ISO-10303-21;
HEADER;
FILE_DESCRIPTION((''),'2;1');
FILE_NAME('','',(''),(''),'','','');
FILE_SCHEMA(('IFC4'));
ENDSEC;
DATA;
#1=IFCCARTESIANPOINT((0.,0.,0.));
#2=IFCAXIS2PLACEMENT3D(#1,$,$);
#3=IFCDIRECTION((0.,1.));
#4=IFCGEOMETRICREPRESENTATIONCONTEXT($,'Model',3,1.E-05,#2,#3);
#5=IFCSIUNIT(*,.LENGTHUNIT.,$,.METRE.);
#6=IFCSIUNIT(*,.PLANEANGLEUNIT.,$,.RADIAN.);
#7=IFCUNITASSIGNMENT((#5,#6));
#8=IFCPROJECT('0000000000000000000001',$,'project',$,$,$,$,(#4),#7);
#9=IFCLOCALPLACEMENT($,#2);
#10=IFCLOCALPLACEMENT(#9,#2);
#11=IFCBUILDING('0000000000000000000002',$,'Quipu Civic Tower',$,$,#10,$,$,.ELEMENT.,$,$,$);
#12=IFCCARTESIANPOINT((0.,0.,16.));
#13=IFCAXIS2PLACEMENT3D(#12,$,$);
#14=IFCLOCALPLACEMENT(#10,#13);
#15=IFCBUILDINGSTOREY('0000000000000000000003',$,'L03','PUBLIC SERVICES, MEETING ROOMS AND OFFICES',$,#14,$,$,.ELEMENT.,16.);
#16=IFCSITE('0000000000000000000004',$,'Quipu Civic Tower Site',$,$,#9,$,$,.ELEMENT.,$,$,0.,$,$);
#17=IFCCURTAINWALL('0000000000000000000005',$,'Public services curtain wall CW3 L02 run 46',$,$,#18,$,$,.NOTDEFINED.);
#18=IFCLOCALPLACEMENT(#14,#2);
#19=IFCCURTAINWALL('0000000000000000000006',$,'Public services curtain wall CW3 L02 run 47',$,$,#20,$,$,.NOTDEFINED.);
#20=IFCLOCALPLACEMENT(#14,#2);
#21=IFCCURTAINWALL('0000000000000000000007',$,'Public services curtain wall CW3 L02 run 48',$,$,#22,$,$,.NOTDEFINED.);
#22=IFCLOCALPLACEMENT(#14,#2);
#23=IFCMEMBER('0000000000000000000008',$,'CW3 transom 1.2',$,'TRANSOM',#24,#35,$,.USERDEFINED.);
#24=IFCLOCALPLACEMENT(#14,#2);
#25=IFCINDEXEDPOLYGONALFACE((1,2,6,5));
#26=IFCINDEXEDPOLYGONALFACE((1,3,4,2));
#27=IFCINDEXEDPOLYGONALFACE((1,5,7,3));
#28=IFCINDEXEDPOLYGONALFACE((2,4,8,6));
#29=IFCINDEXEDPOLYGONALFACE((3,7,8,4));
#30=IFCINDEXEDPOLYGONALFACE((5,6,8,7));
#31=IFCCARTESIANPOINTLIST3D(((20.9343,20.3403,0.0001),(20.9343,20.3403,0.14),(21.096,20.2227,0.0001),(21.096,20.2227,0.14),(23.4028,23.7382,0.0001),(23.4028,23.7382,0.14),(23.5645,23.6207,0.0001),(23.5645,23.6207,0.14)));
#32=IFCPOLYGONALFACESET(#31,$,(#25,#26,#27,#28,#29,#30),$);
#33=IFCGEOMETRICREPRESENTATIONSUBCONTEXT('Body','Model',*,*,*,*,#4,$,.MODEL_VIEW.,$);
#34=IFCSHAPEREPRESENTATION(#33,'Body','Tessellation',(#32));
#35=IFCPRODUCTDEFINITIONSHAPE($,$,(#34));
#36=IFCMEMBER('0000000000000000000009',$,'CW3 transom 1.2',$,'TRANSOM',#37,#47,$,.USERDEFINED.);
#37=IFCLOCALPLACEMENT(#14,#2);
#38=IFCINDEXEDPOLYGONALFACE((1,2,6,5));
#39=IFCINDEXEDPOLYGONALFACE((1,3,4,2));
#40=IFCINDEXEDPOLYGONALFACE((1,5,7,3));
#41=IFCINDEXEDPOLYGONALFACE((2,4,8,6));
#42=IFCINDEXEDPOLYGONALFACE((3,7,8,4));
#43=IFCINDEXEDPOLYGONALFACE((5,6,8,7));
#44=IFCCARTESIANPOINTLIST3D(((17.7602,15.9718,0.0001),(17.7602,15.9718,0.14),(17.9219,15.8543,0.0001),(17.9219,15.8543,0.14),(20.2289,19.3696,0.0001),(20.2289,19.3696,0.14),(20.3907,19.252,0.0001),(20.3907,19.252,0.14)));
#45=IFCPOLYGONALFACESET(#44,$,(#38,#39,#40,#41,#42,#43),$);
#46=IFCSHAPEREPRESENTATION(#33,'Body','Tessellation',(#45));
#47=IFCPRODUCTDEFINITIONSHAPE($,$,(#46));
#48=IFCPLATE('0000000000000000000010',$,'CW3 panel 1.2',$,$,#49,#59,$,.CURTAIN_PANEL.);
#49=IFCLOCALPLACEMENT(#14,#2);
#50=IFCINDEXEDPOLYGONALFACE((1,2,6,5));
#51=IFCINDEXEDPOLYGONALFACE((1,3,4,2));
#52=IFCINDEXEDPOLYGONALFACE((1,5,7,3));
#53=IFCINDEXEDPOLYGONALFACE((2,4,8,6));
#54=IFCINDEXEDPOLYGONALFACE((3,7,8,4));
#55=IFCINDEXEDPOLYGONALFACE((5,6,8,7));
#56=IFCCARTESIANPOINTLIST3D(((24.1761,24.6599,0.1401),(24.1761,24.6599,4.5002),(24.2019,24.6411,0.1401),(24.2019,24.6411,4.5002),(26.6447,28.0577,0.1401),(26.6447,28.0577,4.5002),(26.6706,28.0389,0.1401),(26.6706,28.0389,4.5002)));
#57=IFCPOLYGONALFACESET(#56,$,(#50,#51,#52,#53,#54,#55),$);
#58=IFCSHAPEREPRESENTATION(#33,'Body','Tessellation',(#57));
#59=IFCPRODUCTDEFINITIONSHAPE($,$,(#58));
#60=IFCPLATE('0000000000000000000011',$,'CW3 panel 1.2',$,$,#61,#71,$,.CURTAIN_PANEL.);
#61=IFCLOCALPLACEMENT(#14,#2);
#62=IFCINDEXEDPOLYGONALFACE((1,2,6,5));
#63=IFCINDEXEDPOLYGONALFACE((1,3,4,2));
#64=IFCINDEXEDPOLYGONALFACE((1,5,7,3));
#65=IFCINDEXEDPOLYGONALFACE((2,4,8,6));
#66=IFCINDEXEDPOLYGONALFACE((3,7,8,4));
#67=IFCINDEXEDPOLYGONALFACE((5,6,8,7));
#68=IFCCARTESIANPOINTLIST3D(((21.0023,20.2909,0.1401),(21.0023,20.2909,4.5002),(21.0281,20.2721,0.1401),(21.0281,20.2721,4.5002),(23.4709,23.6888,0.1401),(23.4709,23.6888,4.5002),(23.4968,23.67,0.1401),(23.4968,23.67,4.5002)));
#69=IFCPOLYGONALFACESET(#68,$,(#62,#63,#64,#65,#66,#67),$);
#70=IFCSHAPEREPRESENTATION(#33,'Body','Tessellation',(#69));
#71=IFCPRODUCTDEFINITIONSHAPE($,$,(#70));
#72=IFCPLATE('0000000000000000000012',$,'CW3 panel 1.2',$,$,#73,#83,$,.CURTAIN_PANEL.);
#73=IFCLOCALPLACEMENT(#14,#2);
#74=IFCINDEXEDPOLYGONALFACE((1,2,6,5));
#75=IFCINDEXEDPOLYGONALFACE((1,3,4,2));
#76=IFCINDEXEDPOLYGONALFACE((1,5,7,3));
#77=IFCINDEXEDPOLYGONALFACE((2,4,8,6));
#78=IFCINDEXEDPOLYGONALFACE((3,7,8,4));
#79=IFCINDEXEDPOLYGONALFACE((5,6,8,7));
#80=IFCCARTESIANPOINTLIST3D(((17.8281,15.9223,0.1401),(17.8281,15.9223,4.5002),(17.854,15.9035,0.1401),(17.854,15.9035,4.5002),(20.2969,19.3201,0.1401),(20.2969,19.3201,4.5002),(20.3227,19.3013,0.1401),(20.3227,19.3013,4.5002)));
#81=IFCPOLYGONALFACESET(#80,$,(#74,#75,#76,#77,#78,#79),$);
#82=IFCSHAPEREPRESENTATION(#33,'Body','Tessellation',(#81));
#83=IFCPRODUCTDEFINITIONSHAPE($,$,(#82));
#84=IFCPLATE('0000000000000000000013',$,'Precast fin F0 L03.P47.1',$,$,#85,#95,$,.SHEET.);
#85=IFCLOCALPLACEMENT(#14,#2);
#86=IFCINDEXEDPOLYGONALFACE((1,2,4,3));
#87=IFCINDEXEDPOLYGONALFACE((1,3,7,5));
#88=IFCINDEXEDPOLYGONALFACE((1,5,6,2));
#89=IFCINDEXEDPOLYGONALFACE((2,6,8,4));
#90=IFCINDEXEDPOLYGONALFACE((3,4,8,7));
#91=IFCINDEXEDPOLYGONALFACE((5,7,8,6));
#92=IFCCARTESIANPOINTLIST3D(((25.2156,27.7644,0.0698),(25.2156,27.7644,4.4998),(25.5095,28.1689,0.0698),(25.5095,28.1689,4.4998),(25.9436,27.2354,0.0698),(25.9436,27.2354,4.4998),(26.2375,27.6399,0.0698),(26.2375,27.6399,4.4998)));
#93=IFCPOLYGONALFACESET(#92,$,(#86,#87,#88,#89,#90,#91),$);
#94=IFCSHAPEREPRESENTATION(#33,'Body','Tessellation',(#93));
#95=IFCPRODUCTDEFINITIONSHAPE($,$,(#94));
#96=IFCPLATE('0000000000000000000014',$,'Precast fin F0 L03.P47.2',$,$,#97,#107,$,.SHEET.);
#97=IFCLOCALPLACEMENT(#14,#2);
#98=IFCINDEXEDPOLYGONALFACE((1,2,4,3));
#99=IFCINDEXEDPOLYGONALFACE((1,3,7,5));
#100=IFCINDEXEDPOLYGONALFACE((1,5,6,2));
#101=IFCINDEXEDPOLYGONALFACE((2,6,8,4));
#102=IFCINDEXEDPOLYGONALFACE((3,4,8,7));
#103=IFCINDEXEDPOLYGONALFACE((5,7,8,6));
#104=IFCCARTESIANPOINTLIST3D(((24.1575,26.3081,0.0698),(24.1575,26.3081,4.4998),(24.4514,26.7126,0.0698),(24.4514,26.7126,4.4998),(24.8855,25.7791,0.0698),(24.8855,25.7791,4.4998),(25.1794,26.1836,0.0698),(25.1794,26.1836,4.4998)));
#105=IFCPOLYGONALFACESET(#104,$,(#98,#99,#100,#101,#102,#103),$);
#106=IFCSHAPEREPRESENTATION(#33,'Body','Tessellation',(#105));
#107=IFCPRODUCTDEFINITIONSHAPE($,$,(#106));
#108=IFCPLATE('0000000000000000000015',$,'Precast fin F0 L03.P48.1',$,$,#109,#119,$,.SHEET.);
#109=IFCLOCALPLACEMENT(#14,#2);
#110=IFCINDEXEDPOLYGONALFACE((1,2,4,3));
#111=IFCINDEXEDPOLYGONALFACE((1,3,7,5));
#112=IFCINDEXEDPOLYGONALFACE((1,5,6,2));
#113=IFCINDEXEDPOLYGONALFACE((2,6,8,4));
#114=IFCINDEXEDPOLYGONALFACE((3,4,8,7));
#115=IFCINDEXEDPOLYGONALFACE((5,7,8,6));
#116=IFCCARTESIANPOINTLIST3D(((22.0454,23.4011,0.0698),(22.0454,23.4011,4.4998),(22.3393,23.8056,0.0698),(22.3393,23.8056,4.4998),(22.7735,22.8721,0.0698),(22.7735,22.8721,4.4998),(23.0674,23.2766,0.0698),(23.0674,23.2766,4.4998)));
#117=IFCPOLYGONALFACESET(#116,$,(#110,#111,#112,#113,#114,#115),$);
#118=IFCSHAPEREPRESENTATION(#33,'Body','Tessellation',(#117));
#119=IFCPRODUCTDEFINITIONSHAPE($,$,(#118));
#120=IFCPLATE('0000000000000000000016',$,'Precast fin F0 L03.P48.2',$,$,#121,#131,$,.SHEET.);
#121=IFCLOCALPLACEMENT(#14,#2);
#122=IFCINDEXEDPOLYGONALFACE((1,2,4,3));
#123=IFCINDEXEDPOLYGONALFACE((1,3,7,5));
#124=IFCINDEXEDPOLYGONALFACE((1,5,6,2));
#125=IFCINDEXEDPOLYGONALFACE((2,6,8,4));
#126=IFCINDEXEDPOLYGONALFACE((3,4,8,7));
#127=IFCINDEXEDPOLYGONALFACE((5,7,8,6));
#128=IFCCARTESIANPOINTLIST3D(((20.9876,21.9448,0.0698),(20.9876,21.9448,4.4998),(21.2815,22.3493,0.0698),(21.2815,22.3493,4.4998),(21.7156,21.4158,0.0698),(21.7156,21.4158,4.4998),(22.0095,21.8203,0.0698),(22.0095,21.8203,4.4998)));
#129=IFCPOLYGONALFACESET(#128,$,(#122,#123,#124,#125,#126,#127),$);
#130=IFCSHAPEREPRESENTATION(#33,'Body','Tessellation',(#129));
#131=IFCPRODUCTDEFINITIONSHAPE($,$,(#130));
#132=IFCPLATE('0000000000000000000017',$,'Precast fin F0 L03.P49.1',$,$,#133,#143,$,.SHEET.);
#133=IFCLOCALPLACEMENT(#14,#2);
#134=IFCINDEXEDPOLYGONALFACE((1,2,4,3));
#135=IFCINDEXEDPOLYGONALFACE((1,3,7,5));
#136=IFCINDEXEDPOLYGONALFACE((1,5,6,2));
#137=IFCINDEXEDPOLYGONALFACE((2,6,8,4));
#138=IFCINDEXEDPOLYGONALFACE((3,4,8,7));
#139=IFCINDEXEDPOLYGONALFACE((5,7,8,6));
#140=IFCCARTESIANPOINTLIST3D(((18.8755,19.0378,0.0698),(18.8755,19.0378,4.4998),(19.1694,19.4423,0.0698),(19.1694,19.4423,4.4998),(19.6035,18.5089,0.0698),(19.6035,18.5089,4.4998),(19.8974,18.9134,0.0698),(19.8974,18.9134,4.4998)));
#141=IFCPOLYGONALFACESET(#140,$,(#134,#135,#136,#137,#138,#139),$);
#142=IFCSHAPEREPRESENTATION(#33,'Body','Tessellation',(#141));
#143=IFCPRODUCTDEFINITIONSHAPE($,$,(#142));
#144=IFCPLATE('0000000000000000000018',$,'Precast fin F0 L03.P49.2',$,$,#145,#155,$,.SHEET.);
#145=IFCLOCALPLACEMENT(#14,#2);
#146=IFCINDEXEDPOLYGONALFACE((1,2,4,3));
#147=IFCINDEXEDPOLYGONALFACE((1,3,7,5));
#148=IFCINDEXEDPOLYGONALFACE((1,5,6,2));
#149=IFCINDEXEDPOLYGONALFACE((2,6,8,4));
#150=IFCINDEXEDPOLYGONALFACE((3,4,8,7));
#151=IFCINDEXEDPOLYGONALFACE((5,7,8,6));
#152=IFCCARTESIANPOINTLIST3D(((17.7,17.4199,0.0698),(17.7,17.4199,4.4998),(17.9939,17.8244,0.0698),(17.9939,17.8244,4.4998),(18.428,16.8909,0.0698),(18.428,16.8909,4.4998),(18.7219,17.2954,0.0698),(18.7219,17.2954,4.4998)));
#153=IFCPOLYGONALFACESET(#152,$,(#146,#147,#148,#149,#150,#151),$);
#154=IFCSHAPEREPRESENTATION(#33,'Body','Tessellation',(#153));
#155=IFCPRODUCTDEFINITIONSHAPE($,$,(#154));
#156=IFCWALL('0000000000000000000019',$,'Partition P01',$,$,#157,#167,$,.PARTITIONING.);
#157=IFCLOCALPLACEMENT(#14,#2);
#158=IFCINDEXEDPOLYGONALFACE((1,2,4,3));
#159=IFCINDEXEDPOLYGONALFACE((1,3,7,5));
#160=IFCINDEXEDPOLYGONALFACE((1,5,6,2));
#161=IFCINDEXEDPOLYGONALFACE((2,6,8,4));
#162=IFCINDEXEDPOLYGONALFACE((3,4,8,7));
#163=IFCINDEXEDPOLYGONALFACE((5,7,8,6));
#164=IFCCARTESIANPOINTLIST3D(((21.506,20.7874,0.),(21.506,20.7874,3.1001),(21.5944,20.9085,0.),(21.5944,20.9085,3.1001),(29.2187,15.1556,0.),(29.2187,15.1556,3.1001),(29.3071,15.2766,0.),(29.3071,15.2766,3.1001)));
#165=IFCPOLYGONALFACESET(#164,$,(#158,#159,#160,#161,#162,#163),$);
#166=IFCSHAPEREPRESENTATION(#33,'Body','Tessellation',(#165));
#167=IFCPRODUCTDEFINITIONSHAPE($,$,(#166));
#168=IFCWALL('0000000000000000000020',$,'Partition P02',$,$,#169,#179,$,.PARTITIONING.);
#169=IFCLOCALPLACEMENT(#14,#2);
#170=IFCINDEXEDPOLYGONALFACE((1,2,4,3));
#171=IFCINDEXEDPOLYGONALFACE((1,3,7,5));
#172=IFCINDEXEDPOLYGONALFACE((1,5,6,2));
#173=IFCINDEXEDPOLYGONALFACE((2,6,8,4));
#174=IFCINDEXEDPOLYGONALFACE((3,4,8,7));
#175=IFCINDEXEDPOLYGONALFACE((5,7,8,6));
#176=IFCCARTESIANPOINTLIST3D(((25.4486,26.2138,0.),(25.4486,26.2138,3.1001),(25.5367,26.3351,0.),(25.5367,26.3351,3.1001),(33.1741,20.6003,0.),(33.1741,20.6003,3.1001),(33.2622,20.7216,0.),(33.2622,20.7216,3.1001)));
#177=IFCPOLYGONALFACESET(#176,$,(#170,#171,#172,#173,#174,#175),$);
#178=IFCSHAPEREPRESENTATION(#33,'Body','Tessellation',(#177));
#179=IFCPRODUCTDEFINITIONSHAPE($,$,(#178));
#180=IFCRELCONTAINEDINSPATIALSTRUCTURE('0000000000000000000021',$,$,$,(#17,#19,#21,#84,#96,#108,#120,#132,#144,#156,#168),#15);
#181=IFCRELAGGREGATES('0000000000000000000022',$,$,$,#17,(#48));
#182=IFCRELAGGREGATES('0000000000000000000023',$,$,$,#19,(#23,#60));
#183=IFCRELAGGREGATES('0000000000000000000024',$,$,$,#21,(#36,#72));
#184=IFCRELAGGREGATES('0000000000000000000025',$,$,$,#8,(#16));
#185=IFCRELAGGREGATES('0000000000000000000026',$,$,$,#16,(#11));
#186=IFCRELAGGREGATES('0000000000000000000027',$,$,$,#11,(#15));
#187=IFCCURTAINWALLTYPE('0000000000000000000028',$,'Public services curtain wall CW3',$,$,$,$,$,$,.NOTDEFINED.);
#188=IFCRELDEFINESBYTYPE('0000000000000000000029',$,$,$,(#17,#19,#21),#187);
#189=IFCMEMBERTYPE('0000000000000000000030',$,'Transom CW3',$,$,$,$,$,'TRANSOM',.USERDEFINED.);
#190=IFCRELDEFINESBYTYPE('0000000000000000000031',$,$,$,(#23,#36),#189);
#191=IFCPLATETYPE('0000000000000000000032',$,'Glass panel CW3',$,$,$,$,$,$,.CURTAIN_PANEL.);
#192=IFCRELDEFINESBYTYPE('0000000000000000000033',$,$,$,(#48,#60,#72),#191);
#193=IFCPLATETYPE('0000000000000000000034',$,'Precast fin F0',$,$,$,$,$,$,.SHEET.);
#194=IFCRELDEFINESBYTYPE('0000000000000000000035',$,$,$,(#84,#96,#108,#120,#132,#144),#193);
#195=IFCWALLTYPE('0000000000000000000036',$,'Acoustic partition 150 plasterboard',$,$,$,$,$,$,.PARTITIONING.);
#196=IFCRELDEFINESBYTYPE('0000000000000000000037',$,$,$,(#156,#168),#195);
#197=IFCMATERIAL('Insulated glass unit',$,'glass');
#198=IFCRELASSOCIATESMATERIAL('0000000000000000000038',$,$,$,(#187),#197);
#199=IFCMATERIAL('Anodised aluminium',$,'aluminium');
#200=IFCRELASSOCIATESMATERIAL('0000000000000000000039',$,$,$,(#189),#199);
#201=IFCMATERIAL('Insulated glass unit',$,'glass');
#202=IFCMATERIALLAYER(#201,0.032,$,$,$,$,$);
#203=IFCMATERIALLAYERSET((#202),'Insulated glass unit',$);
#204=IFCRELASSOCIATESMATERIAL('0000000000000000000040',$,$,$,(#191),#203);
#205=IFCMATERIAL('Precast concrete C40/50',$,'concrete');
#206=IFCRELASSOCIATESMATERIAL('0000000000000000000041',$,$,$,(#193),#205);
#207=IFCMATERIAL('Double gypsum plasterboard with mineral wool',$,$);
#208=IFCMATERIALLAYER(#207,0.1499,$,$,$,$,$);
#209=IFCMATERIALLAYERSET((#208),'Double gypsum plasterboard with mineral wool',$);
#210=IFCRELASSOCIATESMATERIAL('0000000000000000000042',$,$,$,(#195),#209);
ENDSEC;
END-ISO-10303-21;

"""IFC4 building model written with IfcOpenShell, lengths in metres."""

from ifc_helpers import new_model, si_unit, direction, frame, frame_2d, origin, origin_2d, place, context, subcontext, project, spatial, rectangle, extrude, material, layer, layer_set, material_profile, profile_set, type_object, element, aggregate, save


model = new_model("IFC4")

# Units and contexts
model_context = context("Model", 3, precision=1e-05, world=origin(), true_north=direction((0.0, 1.0)))
body_context = subcontext(model_context, "Body", "Model", "MODEL_VIEW")
ifc_project = project(units=[si_unit("LENGTHUNIT", "METRE"), si_unit("PLANEANGLEUNIT", "RADIAN")], contexts=[model_context])

# Site, building, storey
site_placement = place(None, origin())
site = spatial("IfcSite", under=ifc_project, at=site_placement, Name="Quipu Civic Tower Site", CompositionType="ELEMENT", RefElevation=0.0)
building_placement = place(site_placement, origin())
building = spatial("IfcBuilding", under=site, at=building_placement, Name="Quipu Civic Tower", CompositionType="ELEMENT")
storey_placement = place(building_placement, frame((0.0, 0.0, 16.0)))
storey = spatial("IfcBuildingStorey", under=building, at=storey_placement, Name="L03", Description="PUBLIC SERVICES, MEETING ROOMS AND OFFICES", CompositionType="ELEMENT", Elevation=16.0)

# Curtain walls
ifc_material_1 = material(Name="Insulated glass unit", Category="glass")
curtain_wall_type = type_object("IfcCurtainWallType", Name="Public services curtain wall CW3", PredefinedType="NOTDEFINED", material=ifc_material_1)
curtain_wall_1_placement = place(storey_placement, origin())
curtain_wall_1 = element("IfcCurtainWall", 1, at=curtain_wall_1_placement, inside=storey, type_object=curtain_wall_type, Name="Public services curtain wall CW3 L02 run 46", PredefinedType="NOTDEFINED")
curtain_wall_2_placement = place(storey_placement, origin())
curtain_wall_2 = element("IfcCurtainWall", 2, at=curtain_wall_2_placement, inside=storey, type_object=curtain_wall_type, Name="Public services curtain wall CW3 L02 run 47", PredefinedType="NOTDEFINED")
curtain_wall_3_placement = place(storey_placement, origin())
curtain_wall_3 = element("IfcCurtainWall", 3, at=curtain_wall_3_placement, inside=storey, type_object=curtain_wall_type, Name="Public services curtain wall CW3 L02 run 48", PredefinedType="NOTDEFINED")

# Members
ifc_material_2 = material(Name="Anodised aluminium", Category="aluminium")
ifc_material_profile_1 = material_profile(ifc_material_2, rectangle(XDim=0.2, YDim=0.1399, at=origin_2d()), Name="RECT 200x140")
ifc_profile_set_1 = profile_set([ifc_material_profile_1], Name="Anodised aluminium")
member_type_1 = type_object("IfcMemberType", Name="Transom CW3", ElementType="TRANSOM", PredefinedType="USERDEFINED", material=ifc_profile_set_1)
member_1_placement = place(storey_placement, frame((23.4836, 23.6794, 0.0701), z_axis=(-0.587746, -0.809045, 0.0), x_axis=(0.809045, -0.587746, 0.0)))
member_1 = element("IfcMember", 4, at=member_1_placement, type_object=member_type_1, Name="CW3 transom 1.2", ObjectType="TRANSOM", PredefinedType="USERDEFINED", context=body_context, shape_type="SweptSolid", body=[
    extrude(rectangle(XDim=0.2, YDim=0.1399, at=origin_2d()), origin(), (0.0, 0.0, 1.0), 4.2),
])
member_2_placement = place(storey_placement, frame((20.3098, 19.3108, 0.0701), z_axis=(-0.587812, -0.808997, 0.0), x_axis=(0.808997, -0.587812, 0.0)))
member_2 = element("IfcMember", 5, at=member_2_placement, type_object=member_type_1, Name="CW3 transom 1.2", ObjectType="TRANSOM", PredefinedType="USERDEFINED", context=body_context, shape_type="SweptSolid", body=[
    extrude(rectangle(XDim=0.2, YDim=0.1399, at=origin_2d()), origin(), (0.0, 0.0, 1.0), 4.2),
])

# Plates
ifc_material_3 = material(Name="Insulated glass unit", Category="glass")
ifc_layer_1 = layer(ifc_material_3, 0.032)
ifc_layer_set_1 = layer_set([ifc_layer_1], Name="Insulated glass unit")
plate_type_1 = type_object("IfcPlateType", Name="Glass panel CW3", PredefinedType="CURTAIN_PANEL", material=ifc_layer_set_1)
plate_1_placement = place(storey_placement, frame((25.4233, 26.3494, 0.1401), z_axis=(0.0, 0.0, 1.0), x_axis=(-0.587789, -0.809014, 0.0)))
plate_1 = element("IfcPlate", 6, at=plate_1_placement, type_object=plate_type_1, Name="CW3 panel 1.2", PredefinedType="CURTAIN_PANEL", context=body_context, shape_type="SweptSolid", body=[
    extrude(rectangle(XDim=4.2, YDim=0.032, at=origin_2d()), origin(), (0.0, 0.0, 1.0), 4.3601),
])
aggregate(curtain_wall_1, [plate_1])
plate_2_placement = place(storey_placement, frame((22.2495, 21.9805, 0.1401), z_axis=(0.0, 0.0, 1.0), x_axis=(-0.587774, -0.809025, 0.0)))
plate_2 = element("IfcPlate", 7, at=plate_2_placement, type_object=plate_type_1, Name="CW3 panel 1.2", PredefinedType="CURTAIN_PANEL", context=body_context, shape_type="SweptSolid", body=[
    extrude(rectangle(XDim=4.2, YDim=0.032, at=origin_2d()), origin(), (0.0, 0.0, 1.0), 4.3601),
])
aggregate(curtain_wall_2, [member_1, plate_2])
plate_3_placement = place(storey_placement, frame((19.0754, 17.6118, 0.1401), z_axis=(0.0, 0.0, 1.0), x_axis=(-0.5878, -0.809006, 0.0)))
plate_3 = element("IfcPlate", 8, at=plate_3_placement, type_object=plate_type_1, Name="CW3 panel 1.2", PredefinedType="CURTAIN_PANEL", context=body_context, shape_type="SweptSolid", body=[
    extrude(rectangle(XDim=4.2, YDim=0.032, at=origin_2d()), origin(), (0.0, 0.0, 1.0), 4.3601),
])
aggregate(curtain_wall_3, [member_2, plate_3])

# Plates
ifc_material_4 = material(Name="Precast concrete C40/50", Category="concrete")
plate_type_2 = type_object("IfcPlateType", Name="Precast fin F0", PredefinedType="SHEET", material=ifc_material_4)
for number, where, z_axis, x_axis, name in (
    (9, (25.7266, 27.7021, 0.0698), (0.0, 0.0, 1.0), (-0.587785, -0.809017, 0.0), "Precast fin F0 L03.P47.1"),
    (10, (24.6685, 26.2458, 0.0698), (0.0, 0.0, 1.0), (-0.587785, -0.809017, 0.0), "Precast fin F0 L03.P47.2"),
    (11, (22.5564, 23.3389, 0.0698), (0.0, 0.0, 1.0), (-0.587785, -0.809017, 0.0), "Precast fin F0 L03.P48.1"),
    (12, (21.4985, 21.8826, 0.0698), (0.0, 0.0, 1.0), (-0.587785, -0.809017, 0.0), "Precast fin F0 L03.P48.2"),
    (13, (19.3865, 18.9756, 0.0698), (0.0, 0.0, 1.0), (-0.587785, -0.809017, 0.0), "Precast fin F0 L03.P49.1"),
    (14, (18.2109, 17.3577, 0.0698), (0.0, 0.0, 1.0), (-0.587785, -0.809017, 0.0), "Precast fin F0 L03.P49.2"),
):
    element("IfcPlate", number, at=place(storey_placement, frame(where, z_axis=z_axis, x_axis=x_axis)), inside=storey, type_object=plate_type_2, Name=name, PredefinedType="SHEET", context=body_context, shape_type="SweptSolid", body=[
        extrude(rectangle(XDim=0.5, YDim=0.8999, at=origin_2d()), origin(), (0.0, 0.0, 1.0), 4.4299),
    ])

# Walls
ifc_material_5 = material(Name="Double gypsum plasterboard with mineral wool")
ifc_layer_2 = layer(ifc_material_5, 0.1499)
ifc_layer_set_2 = layer_set([ifc_layer_2], Name="Double gypsum plasterboard with mineral wool")
wall_type_1 = type_object("IfcWallType", Name="Acoustic partition 150 plasterboard", PredefinedType="PARTITIONING", material=ifc_layer_set_2)
wall_1_placement = place(storey_placement, frame((21.5503, 20.8479, 0.0), z_axis=(0.0, 0.0, 1.0), x_axis=(0.807607, -0.589721, 0.0)))
element("IfcWall", 15, at=wall_1_placement, inside=storey, type_object=wall_type_1, Name="Partition P01", PredefinedType="PARTITIONING", context=body_context, shape_type="SweptSolid", body=[
    extrude(rectangle(XDim=9.55, YDim=0.1499, at=frame_2d((4.7749, 0.0))), origin(), (0.0, 0.0, 1.0), 3.1001),
])
wall_2_placement = place(storey_placement, frame((33.2183, 20.6609, 0.0), z_axis=(0.0, 0.0, 1.0), x_axis=(-0.808989, 0.587824, 0.0)))
element("IfcWall", 16, at=wall_2_placement, inside=storey, type_object=wall_type_1, Name="Partition P02", PredefinedType="PARTITIONING", context=body_context, shape_type="SweptSolid", body=[
    extrude(rectangle(XDim=9.5496, YDim=0.1499, at=frame_2d((4.7749, 0.0))), origin(), (0.0, 0.0, 1.0), 3.1001),
])

save(model, "model.ifc")
